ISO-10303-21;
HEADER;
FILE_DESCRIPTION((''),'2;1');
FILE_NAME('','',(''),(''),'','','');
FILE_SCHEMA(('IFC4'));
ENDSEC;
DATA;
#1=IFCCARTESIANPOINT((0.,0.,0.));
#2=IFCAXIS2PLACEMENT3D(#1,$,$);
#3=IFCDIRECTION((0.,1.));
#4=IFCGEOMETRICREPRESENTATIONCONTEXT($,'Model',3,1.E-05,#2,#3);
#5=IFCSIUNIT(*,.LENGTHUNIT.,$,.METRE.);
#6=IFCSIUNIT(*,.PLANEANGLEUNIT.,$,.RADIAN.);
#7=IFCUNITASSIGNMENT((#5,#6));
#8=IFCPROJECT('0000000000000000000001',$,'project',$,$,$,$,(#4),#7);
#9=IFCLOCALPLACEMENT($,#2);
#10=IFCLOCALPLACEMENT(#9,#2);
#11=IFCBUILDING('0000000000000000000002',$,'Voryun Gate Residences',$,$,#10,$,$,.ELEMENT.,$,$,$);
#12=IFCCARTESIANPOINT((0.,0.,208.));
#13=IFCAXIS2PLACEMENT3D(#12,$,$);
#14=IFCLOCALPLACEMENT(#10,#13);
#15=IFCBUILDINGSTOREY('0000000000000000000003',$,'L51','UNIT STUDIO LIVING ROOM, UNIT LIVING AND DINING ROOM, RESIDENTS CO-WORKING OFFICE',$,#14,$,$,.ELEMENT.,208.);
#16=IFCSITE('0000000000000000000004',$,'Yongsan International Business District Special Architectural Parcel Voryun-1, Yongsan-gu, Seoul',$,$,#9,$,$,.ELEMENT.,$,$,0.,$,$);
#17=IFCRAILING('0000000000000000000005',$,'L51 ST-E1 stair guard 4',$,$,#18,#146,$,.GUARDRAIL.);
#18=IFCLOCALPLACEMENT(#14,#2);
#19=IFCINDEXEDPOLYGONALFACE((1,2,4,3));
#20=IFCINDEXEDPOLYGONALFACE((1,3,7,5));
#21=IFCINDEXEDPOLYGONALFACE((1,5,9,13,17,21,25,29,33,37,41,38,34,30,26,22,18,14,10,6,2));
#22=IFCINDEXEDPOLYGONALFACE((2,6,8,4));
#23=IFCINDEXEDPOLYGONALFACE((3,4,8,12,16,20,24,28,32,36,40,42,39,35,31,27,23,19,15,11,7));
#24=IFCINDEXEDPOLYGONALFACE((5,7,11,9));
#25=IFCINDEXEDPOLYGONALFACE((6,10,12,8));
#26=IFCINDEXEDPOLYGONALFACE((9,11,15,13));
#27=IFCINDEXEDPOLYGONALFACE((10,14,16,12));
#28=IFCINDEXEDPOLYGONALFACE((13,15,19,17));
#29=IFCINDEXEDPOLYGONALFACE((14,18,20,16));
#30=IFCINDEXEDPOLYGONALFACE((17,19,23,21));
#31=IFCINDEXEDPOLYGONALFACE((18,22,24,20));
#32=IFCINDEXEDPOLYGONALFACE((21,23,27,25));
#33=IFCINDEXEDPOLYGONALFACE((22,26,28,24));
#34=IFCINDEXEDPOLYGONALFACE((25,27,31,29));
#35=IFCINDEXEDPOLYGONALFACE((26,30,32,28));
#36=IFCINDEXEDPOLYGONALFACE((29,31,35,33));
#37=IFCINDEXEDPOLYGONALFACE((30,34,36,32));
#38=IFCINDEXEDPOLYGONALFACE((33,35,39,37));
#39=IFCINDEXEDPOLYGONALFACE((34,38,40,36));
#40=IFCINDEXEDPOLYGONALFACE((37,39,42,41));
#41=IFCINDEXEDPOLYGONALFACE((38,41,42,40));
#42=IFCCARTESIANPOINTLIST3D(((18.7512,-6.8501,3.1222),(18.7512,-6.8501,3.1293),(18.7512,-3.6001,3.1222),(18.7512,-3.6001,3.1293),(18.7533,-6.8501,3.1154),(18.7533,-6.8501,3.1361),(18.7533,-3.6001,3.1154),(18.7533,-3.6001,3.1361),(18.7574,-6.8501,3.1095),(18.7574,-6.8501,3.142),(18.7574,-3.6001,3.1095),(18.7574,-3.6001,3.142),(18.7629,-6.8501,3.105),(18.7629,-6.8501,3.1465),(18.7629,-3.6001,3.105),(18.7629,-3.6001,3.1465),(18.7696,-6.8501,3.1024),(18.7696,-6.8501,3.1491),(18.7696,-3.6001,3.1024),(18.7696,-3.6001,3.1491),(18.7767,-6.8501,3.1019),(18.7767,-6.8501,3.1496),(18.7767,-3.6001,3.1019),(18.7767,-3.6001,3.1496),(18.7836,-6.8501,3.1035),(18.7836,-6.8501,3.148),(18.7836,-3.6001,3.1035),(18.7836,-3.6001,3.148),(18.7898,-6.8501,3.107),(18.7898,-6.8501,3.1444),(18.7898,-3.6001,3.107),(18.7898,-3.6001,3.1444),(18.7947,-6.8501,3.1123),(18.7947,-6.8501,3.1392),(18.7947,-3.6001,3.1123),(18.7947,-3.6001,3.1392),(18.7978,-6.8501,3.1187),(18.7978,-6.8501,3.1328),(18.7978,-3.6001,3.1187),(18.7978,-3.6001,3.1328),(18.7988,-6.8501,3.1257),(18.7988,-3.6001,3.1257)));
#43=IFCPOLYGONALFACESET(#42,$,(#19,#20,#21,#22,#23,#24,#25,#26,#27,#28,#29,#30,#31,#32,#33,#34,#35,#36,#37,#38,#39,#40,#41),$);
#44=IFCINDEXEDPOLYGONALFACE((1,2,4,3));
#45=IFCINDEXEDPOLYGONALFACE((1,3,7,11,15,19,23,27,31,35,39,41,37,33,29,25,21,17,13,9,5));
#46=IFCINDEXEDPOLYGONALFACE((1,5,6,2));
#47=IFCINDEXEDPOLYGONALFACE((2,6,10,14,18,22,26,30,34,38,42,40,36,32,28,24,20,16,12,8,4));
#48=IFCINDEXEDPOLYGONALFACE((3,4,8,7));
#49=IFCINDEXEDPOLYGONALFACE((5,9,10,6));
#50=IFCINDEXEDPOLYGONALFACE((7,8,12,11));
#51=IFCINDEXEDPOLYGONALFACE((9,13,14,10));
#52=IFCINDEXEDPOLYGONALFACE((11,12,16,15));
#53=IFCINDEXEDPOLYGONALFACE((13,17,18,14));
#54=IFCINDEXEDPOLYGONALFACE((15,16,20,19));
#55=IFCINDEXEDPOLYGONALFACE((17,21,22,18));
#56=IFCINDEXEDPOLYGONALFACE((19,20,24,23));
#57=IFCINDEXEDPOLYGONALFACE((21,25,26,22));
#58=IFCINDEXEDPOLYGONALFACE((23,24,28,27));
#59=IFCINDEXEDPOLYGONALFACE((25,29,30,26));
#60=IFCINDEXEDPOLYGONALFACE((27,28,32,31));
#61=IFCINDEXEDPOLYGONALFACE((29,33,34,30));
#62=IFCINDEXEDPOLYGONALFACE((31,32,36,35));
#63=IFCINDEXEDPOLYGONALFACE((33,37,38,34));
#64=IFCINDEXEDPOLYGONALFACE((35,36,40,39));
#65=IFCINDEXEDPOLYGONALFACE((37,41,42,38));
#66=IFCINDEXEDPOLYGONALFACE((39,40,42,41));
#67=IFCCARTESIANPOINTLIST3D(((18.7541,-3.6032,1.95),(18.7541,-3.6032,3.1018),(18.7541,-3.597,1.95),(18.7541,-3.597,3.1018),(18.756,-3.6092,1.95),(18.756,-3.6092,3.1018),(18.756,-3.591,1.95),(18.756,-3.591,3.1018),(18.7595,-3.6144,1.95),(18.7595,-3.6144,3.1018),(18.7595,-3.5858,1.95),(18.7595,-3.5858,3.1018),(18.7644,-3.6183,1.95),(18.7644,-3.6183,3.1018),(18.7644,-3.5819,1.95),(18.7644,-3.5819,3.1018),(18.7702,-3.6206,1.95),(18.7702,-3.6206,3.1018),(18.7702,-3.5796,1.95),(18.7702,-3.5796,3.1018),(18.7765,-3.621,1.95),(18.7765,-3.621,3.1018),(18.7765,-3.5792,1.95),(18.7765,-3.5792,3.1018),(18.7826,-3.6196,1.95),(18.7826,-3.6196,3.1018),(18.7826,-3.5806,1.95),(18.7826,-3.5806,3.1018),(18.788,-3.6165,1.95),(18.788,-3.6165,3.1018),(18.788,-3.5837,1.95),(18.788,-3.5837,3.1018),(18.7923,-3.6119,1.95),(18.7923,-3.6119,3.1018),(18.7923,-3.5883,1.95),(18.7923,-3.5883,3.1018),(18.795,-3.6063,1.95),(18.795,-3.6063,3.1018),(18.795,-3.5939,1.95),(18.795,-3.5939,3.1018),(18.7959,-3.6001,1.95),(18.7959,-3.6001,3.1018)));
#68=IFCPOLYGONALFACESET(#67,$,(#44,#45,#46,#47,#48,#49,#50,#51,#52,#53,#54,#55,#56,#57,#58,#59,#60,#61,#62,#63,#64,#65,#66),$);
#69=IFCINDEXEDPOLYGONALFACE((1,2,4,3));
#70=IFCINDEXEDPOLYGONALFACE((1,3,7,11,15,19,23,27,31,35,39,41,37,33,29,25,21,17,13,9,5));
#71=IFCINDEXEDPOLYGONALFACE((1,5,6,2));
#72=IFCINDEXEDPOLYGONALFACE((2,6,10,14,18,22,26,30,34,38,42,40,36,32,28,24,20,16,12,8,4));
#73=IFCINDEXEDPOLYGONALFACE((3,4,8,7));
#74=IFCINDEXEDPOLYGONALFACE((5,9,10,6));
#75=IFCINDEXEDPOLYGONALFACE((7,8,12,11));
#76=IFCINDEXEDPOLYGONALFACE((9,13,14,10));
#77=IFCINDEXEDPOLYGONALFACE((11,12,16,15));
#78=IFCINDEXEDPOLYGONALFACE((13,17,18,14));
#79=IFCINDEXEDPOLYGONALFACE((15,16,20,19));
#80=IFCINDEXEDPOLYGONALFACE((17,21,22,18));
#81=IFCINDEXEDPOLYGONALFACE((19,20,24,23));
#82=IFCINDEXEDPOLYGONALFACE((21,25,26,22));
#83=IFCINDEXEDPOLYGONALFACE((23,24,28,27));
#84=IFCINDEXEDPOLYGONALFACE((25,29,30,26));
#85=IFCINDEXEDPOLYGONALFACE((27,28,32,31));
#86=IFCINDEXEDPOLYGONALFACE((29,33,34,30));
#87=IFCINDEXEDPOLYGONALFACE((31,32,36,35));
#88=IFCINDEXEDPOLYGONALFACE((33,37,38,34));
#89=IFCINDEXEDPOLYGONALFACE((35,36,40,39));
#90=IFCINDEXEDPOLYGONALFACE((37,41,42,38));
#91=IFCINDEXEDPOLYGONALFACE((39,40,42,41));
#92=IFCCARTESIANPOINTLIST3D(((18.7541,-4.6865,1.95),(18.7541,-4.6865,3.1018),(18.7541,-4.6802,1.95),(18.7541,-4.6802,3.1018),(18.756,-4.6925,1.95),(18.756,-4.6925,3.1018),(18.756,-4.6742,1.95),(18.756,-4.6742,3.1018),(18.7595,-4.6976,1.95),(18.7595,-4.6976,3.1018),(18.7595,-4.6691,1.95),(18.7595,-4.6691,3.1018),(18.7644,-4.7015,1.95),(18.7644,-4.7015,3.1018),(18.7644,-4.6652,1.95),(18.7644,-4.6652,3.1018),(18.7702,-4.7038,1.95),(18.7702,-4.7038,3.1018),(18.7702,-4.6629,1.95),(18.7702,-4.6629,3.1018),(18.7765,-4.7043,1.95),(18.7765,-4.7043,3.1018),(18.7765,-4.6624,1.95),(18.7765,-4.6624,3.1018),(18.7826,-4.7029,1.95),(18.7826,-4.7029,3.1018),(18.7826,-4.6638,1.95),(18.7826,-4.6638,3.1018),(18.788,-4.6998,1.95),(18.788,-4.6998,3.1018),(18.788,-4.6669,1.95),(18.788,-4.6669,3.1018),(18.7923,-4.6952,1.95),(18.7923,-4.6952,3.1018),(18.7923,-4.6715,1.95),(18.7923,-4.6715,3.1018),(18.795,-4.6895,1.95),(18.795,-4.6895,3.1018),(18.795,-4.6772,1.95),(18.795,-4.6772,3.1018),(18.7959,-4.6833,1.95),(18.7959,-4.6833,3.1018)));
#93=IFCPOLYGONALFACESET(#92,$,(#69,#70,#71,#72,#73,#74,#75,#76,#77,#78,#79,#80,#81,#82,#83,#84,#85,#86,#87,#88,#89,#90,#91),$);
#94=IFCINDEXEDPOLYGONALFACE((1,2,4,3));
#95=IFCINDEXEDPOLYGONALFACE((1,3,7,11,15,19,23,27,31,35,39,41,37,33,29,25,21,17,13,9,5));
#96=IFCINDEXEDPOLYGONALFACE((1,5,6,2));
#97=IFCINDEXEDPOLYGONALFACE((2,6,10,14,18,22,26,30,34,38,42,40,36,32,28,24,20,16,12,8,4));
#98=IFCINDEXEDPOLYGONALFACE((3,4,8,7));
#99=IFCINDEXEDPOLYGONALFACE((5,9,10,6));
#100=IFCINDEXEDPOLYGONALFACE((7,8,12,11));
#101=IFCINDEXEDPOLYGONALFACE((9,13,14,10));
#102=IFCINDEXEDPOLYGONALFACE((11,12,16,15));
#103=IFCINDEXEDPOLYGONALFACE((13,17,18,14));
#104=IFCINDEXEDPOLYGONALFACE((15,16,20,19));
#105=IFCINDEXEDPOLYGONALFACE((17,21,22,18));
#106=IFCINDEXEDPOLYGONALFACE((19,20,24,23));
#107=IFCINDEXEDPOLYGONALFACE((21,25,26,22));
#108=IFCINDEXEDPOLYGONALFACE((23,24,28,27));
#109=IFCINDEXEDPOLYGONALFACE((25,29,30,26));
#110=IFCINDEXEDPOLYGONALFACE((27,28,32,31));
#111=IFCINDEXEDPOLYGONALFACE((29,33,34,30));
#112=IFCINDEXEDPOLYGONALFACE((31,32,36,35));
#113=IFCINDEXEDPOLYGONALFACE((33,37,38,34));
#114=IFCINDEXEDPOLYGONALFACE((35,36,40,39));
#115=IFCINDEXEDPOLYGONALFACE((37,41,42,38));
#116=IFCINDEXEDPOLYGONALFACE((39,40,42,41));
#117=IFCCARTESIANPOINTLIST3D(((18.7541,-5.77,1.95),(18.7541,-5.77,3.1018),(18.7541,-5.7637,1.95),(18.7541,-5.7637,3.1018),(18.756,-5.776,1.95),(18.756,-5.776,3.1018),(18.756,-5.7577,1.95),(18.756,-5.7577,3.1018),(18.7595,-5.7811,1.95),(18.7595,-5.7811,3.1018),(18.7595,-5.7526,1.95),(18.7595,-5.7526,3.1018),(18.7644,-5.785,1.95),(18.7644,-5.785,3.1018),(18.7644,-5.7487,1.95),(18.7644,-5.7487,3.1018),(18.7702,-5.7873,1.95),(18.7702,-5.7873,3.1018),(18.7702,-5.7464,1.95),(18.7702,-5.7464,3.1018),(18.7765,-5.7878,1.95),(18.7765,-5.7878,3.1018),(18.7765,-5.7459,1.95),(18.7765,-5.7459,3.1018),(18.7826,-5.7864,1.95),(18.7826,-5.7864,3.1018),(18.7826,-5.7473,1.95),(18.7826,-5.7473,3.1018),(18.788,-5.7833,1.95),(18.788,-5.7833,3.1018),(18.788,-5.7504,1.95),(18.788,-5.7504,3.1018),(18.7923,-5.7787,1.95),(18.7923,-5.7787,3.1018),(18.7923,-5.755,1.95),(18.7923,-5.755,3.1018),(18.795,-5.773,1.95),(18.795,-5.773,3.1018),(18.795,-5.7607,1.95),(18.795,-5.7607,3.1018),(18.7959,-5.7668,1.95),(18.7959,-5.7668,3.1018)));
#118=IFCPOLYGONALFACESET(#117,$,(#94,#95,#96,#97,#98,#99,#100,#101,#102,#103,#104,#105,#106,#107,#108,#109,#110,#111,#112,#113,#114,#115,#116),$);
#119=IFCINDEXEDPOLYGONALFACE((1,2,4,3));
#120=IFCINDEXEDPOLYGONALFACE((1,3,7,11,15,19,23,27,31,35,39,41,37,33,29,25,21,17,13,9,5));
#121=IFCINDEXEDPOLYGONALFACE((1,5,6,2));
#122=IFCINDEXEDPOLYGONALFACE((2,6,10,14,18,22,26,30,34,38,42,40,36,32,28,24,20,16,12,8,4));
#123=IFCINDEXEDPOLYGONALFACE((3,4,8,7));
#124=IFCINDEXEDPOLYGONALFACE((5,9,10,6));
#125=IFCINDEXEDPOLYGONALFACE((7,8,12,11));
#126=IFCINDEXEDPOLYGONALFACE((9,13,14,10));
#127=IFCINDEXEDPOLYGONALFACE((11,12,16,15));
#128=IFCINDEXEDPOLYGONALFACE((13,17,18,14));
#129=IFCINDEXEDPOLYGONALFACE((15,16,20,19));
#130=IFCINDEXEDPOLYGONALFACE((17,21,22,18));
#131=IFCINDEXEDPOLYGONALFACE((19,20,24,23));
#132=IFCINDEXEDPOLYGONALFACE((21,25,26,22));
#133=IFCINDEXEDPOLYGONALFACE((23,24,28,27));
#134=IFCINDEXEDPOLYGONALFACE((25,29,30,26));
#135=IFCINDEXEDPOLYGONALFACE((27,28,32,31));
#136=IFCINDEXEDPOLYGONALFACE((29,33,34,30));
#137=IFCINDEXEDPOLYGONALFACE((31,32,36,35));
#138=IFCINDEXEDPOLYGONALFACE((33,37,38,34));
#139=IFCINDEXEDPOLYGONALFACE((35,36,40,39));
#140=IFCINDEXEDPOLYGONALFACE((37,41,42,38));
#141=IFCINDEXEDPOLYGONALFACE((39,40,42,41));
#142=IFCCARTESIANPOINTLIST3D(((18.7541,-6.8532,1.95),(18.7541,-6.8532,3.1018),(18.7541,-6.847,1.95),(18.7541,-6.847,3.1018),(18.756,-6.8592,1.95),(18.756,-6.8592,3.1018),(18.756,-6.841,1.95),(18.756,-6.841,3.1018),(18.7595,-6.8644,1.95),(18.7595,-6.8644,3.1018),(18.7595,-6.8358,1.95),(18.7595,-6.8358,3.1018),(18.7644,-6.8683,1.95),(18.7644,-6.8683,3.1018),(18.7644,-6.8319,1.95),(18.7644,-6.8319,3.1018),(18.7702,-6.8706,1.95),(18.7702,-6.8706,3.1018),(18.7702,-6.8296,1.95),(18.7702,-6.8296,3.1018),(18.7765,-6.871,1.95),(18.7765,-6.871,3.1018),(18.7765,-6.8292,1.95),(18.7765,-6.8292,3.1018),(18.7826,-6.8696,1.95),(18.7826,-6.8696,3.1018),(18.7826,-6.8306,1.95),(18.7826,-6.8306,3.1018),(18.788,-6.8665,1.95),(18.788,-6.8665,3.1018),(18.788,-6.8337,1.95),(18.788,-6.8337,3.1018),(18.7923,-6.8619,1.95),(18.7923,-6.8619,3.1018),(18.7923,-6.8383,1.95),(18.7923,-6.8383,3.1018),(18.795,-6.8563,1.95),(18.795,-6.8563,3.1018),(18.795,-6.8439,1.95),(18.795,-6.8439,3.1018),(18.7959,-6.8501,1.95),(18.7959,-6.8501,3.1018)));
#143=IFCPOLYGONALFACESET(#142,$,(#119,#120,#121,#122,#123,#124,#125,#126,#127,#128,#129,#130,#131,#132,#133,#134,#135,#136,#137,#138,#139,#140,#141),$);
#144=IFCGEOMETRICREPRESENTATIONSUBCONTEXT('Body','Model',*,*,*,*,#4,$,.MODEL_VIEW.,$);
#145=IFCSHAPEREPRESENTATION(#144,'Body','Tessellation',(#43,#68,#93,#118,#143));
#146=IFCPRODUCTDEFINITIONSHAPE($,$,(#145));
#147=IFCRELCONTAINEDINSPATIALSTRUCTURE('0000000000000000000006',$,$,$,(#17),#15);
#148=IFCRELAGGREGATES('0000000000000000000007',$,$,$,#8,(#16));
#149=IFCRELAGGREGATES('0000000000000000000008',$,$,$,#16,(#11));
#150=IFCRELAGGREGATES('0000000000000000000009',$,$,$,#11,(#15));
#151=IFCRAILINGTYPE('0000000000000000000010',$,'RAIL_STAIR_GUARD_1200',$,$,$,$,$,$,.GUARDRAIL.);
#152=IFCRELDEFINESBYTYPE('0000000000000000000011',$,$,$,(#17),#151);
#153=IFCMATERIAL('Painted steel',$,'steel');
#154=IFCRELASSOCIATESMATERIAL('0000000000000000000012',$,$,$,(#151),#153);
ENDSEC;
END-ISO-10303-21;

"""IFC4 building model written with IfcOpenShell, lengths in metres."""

from ifc_helpers import new_model, si_unit, direction, frame, origin, origin_2d, place, context, subcontext, project, spatial, circle, extrude, material, type_object, element, save


model = new_model("IFC4")

# Units and contexts
model_context = context("Model", 3, precision=1e-05, world=origin(), true_north=direction((0.0, 1.0)))
body_context = subcontext(model_context, "Body", "Model", "MODEL_VIEW")
ifc_project = project(units=[si_unit("LENGTHUNIT", "METRE"), si_unit("PLANEANGLEUNIT", "RADIAN")], contexts=[model_context])

# Site, building, storey
site_placement = place(None, origin())
site = spatial("IfcSite", under=ifc_project, at=site_placement, Name="Yongsan International Business District Special Architectural Parcel Voryun-1, Yongsan-gu, Seoul", CompositionType="ELEMENT", RefElevation=0.0)
building_placement = place(site_placement, origin())
building = spatial("IfcBuilding", under=site, at=building_placement, Name="Voryun Gate Residences", CompositionType="ELEMENT")
storey_placement = place(building_placement, frame((0.0, 0.0, 208.0)))
storey = spatial("IfcBuildingStorey", under=building, at=storey_placement, Name="L51", Description="UNIT STUDIO LIVING ROOM, UNIT LIVING AND DINING ROOM, RESIDENTS CO-WORKING OFFICE", CompositionType="ELEMENT", Elevation=208.0)

# Railing
ifc_material_1 = material(Name="Painted steel", Category="steel")
railing_type_1 = type_object("IfcRailingType", Name="RAIL_STAIR_GUARD_1200", PredefinedType="GUARDRAIL", material=ifc_material_1)
railing_1_placement = place(storey_placement, frame((18.7749, -3.6001, 1.95)))
element("IfcRailing", 1, at=railing_1_placement, inside=storey, type_object=railing_type_1, Name="L51 ST-E1 stair guard 4", PredefinedType="GUARDRAIL", context=body_context, shape_type="SweptSolid", body=[
    extrude(circle(Radius=0.0239, at=origin_2d()), frame((0.0, 0.0, 1.1758), z_axis=(0.0, -1.0, 0.0), x_axis=(1.0, 0.0, 0.0)), (0.0, 0.0, 1.0), 3.25),
    extrude(circle(Radius=0.021, at=origin_2d()), origin(), (0.0, 0.0, 1.0), 1.1519),
    extrude(circle(Radius=0.021, at=origin_2d()), frame((0.0, -1.0833, 0.0)), (0.0, 0.0, 1.0), 1.1519),
    extrude(circle(Radius=0.021, at=origin_2d()), frame((0.0, -2.1667, 0.0)), (0.0, 0.0, 1.0), 1.1519),
    extrude(circle(Radius=0.021, at=origin_2d()), frame((0.0, -3.25, 0.0)), (0.0, 0.0, 1.0), 1.1519),
])

save(model, "model.ifc")
